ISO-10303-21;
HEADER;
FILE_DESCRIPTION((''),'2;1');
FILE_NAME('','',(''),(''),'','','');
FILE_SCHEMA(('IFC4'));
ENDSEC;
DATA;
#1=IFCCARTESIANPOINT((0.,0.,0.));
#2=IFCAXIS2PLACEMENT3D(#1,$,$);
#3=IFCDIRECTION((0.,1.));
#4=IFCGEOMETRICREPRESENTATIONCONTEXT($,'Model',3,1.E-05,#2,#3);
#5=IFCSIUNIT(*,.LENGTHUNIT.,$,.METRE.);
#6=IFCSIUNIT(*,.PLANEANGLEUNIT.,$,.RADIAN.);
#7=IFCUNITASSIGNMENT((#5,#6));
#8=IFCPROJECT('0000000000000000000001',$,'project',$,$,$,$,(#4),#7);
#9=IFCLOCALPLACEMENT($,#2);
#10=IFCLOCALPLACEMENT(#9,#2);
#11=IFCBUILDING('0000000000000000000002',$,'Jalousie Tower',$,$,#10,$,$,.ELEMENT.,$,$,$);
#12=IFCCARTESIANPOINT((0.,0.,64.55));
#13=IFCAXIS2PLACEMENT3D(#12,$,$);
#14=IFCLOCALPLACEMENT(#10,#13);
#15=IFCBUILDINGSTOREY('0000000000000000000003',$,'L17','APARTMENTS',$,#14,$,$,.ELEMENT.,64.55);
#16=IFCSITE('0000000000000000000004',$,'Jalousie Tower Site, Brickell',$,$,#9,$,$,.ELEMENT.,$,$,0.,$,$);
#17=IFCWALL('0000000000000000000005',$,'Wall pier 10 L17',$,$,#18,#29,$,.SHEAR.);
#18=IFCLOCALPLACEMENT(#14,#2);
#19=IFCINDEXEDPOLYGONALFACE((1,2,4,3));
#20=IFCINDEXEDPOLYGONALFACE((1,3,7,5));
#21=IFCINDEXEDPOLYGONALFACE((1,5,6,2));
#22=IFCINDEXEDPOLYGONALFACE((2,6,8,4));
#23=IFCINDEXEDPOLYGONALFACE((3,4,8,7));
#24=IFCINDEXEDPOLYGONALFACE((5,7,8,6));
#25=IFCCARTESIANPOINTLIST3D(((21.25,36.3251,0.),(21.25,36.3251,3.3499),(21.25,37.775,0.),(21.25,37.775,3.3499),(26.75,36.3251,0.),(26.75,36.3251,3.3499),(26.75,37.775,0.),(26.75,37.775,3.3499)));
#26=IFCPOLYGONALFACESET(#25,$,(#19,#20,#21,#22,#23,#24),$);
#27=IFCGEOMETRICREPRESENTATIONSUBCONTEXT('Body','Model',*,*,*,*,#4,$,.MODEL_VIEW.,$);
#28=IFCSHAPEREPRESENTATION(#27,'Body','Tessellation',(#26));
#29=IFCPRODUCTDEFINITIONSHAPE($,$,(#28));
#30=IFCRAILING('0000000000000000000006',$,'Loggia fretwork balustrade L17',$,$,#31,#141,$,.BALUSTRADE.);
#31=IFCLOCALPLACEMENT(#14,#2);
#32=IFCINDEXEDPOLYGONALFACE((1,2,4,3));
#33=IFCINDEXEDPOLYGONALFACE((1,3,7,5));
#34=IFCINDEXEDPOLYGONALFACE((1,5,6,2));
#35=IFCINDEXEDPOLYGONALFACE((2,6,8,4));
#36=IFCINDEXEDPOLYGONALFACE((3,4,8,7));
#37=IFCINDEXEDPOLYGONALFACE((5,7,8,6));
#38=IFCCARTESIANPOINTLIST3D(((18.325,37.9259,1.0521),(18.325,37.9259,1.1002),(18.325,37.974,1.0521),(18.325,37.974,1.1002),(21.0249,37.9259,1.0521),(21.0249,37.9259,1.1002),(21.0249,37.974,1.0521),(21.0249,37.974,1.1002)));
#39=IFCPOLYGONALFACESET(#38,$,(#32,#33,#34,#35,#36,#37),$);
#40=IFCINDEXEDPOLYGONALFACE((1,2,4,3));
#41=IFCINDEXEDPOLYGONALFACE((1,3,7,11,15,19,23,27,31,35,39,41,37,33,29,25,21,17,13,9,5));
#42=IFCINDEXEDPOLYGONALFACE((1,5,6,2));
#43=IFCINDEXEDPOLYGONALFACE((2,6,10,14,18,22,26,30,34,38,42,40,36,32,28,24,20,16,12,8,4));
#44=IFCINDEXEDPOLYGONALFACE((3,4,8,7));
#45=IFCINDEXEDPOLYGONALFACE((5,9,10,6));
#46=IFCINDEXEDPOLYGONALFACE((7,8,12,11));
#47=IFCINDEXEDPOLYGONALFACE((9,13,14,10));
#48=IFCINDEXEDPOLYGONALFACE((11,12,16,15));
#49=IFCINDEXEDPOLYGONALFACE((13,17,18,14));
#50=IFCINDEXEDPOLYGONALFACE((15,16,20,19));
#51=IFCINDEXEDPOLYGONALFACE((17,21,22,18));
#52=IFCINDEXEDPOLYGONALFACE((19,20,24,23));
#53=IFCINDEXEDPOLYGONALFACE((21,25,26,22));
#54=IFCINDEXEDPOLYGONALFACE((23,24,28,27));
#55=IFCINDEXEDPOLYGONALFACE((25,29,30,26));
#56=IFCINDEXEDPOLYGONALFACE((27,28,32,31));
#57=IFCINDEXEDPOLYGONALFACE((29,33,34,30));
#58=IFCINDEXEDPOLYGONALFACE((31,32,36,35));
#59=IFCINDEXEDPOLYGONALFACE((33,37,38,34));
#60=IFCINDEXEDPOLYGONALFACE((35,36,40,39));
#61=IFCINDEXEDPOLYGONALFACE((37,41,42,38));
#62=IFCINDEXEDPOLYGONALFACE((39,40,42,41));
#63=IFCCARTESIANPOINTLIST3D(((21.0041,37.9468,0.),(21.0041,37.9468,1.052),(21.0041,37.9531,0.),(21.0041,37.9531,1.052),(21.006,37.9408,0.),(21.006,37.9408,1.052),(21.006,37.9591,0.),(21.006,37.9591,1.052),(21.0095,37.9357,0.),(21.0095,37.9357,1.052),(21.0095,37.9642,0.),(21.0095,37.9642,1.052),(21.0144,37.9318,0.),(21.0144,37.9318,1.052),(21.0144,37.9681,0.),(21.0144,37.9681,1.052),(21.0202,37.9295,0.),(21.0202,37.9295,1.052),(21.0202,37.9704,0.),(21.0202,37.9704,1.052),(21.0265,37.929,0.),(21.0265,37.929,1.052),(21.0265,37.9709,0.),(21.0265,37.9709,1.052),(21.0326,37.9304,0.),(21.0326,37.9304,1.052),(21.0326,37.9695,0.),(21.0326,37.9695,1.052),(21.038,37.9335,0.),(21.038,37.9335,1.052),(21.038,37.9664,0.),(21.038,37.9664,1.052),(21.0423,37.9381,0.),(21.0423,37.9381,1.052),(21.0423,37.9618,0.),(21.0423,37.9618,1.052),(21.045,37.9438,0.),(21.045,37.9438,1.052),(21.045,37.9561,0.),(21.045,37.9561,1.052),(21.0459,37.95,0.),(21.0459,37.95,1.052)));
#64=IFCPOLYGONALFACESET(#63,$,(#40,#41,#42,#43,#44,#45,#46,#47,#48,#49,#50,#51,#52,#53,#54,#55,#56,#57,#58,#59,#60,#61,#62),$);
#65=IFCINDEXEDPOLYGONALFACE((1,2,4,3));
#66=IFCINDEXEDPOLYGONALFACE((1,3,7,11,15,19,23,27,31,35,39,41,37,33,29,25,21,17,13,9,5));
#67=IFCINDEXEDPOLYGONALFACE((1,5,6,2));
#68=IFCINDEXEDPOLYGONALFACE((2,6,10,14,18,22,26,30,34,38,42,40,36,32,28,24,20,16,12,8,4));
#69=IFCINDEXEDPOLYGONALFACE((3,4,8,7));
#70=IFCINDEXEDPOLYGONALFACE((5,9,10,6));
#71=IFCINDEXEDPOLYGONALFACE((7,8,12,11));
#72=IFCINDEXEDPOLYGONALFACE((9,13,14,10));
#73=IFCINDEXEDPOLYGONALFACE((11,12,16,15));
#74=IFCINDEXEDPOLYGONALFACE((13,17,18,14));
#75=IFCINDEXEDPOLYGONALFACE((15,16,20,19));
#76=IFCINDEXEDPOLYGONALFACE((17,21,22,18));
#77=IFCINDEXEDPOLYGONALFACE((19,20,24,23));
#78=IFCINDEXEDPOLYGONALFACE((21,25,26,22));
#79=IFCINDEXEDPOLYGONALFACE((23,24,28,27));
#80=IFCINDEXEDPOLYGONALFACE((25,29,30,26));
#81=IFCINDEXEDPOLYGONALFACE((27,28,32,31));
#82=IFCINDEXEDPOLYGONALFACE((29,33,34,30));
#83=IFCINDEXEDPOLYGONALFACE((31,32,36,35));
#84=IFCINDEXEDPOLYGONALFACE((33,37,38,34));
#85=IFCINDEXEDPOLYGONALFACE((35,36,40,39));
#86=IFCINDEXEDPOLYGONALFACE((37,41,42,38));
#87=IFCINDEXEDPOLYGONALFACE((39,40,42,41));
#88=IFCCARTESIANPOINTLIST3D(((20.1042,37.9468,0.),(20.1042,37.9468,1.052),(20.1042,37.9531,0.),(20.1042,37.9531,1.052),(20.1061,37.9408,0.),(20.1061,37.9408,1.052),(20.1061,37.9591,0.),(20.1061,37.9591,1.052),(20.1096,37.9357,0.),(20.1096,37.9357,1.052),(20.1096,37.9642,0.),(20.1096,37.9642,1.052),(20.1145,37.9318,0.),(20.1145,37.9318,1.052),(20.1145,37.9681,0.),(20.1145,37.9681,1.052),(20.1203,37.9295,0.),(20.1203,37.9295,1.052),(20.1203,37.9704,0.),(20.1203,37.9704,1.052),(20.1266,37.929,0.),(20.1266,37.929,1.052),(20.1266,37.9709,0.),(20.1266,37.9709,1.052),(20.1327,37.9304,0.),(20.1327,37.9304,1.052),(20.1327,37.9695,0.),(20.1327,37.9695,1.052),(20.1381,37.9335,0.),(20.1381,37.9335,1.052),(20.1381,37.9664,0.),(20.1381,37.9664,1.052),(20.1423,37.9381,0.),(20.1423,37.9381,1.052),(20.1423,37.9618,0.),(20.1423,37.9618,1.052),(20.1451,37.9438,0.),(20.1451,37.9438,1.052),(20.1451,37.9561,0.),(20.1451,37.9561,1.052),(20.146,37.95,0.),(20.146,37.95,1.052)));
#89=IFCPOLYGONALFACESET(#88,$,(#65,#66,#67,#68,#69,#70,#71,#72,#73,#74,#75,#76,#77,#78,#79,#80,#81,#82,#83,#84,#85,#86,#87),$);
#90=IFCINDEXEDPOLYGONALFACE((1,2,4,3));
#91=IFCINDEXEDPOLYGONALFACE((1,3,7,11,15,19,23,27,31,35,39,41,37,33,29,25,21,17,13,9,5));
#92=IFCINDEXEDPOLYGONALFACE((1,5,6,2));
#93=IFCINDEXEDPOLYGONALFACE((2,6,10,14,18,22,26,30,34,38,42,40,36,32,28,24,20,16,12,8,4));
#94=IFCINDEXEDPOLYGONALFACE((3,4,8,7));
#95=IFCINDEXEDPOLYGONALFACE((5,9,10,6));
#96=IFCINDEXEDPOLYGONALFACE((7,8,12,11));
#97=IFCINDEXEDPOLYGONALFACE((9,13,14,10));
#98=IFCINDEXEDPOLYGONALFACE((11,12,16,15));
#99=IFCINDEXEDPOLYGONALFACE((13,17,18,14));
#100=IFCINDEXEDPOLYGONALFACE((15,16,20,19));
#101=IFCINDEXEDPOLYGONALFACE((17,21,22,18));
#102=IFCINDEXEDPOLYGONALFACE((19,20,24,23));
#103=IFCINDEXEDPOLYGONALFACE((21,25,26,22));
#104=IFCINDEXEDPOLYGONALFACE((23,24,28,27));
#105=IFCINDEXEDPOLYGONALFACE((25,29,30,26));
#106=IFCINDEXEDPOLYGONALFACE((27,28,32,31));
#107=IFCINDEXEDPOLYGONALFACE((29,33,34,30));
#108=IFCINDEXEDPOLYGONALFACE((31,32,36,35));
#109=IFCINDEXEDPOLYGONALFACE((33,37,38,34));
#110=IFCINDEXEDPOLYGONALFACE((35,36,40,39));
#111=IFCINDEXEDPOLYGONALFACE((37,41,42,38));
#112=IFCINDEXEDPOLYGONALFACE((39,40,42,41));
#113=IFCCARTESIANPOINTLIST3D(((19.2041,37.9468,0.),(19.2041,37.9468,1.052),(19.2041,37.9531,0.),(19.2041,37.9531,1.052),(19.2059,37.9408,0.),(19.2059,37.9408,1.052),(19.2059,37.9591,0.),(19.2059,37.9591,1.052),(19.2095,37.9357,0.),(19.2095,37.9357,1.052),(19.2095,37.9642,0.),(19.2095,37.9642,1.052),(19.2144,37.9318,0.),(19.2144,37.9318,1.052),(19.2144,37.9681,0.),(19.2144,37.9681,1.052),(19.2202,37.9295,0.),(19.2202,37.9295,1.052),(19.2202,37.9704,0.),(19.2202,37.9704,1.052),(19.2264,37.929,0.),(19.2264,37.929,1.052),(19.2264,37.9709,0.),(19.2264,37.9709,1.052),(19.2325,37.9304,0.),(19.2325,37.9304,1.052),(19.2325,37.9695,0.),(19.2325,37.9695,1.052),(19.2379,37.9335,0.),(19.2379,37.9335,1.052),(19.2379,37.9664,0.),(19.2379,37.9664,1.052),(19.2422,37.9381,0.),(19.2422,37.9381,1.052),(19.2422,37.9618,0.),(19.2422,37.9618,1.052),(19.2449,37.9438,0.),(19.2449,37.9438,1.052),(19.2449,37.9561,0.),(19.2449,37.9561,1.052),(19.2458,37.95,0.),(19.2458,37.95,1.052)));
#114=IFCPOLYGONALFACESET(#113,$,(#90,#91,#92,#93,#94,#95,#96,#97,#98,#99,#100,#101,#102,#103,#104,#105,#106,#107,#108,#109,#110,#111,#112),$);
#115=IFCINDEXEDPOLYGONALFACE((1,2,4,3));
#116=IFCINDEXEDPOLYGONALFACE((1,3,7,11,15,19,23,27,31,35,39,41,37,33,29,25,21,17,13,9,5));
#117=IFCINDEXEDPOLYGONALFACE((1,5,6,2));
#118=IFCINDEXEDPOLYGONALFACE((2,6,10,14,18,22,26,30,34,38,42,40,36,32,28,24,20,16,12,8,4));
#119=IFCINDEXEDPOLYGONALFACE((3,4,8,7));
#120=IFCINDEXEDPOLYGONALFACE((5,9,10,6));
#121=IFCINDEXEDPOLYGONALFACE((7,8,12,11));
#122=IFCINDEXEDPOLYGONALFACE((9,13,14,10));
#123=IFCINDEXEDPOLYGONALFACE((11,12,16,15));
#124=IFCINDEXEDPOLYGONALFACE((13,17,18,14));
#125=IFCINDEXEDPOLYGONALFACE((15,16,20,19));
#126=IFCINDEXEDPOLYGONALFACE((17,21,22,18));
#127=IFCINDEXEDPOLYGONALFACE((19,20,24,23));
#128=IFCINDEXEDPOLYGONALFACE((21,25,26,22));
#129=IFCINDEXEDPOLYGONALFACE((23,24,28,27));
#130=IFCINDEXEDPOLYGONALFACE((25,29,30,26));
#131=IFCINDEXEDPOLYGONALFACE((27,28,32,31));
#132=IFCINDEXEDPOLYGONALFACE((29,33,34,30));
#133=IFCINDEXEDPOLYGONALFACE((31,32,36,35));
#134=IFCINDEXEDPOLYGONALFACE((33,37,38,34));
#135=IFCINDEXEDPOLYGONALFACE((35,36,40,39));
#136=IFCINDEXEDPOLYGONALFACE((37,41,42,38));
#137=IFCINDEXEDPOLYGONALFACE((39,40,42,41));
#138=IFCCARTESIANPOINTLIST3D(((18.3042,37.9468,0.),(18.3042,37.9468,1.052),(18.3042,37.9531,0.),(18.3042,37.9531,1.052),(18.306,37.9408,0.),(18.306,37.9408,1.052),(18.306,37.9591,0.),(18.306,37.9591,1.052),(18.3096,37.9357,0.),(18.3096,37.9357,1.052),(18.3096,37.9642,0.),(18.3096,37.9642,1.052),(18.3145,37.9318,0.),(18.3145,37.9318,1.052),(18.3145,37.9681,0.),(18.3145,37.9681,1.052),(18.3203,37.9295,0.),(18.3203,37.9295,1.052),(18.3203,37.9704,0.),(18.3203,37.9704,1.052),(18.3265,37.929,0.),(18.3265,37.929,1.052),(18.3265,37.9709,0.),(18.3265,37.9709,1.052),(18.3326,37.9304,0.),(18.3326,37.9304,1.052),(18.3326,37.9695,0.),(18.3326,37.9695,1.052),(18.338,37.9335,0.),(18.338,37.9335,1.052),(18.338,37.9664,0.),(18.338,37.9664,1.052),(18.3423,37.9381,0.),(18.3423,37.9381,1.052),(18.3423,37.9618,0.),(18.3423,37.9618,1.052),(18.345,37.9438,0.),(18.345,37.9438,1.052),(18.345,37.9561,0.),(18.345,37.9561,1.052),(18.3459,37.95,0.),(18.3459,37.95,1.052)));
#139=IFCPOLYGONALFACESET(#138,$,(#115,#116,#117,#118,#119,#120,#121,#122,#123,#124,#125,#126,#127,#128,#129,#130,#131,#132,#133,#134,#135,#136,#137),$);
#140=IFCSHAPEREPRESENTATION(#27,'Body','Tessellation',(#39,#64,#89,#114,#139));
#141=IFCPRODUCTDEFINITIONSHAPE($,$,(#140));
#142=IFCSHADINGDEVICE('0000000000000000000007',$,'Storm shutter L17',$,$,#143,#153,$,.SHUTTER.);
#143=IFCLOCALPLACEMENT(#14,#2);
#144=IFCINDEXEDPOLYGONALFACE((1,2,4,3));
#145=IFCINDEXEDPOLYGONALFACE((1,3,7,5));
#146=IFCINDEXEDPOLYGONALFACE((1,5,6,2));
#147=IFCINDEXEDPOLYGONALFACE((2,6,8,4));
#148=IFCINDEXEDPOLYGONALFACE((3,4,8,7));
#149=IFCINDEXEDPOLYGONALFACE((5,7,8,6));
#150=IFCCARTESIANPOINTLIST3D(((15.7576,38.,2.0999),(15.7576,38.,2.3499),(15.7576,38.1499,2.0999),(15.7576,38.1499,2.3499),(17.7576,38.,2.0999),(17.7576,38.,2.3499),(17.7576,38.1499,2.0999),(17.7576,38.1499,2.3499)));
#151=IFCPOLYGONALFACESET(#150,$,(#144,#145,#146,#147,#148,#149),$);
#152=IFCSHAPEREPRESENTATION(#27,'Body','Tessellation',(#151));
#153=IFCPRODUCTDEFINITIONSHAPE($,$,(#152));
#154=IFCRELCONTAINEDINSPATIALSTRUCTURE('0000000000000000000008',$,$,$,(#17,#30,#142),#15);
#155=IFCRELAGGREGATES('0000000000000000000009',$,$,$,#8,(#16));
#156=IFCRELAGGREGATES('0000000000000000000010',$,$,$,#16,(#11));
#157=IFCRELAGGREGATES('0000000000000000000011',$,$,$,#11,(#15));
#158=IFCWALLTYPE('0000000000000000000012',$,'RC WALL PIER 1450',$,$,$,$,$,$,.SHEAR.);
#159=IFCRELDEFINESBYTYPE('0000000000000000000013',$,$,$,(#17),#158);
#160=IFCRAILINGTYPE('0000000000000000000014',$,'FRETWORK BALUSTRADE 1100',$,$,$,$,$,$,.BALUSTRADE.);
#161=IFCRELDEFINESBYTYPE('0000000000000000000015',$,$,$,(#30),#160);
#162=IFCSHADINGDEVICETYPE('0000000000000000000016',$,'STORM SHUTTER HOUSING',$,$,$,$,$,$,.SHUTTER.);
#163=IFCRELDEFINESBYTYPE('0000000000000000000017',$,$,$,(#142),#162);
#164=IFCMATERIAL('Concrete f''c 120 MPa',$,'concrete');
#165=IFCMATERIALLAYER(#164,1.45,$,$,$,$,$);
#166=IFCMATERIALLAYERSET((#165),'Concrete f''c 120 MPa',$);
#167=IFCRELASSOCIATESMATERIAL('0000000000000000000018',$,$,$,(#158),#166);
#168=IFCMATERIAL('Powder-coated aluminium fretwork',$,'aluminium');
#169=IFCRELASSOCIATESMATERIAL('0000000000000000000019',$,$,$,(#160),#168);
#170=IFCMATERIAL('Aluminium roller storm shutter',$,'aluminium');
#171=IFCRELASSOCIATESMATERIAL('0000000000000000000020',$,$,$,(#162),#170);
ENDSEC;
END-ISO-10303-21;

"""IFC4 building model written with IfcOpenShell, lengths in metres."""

from ifc_helpers import new_model, si_unit, direction, frame, frame_2d, origin, origin_2d, place, context, subcontext, project, spatial, rectangle, circle, extrude, material, layer, layer_set, type_object, element, save


model = new_model("IFC4")

# Units and contexts
model_context = context("Model", 3, precision=1e-05, world=origin(), true_north=direction((0.0, 1.0)))
body_context = subcontext(model_context, "Body", "Model", "MODEL_VIEW")
ifc_project = project(units=[si_unit("LENGTHUNIT", "METRE"), si_unit("PLANEANGLEUNIT", "RADIAN")], contexts=[model_context])

# Site, building, storey
site_placement = place(None, origin())
site = spatial("IfcSite", under=ifc_project, at=site_placement, Name="Jalousie Tower Site, Brickell", CompositionType="ELEMENT", RefElevation=0.0)
building_placement = place(site_placement, origin())
building = spatial("IfcBuilding", under=site, at=building_placement, Name="Jalousie Tower", CompositionType="ELEMENT")
storey_placement = place(building_placement, frame((0.0, 0.0, 64.55)))
storey = spatial("IfcBuildingStorey", under=building, at=storey_placement, Name="L17", Description="APARTMENTS", CompositionType="ELEMENT", Elevation=64.55)

# Wall
ifc_material_1 = material(Name="Concrete f'c 120 MPa", Category="concrete")
ifc_layer_1 = layer(ifc_material_1, 1.45)
ifc_layer_set_1 = layer_set([ifc_layer_1], Name="Concrete f'c 120 MPa")
wall_type_1 = type_object("IfcWallType", Name="RC WALL PIER 1450", PredefinedType="SHEAR", material=ifc_layer_set_1)
wall_1_placement = place(storey_placement, frame((21.25, 37.05, 0.0), z_axis=(0.0, 0.0, 1.0), x_axis=(1.0, 0.0, 0.0)))
element("IfcWall", 1, at=wall_1_placement, inside=storey, type_object=wall_type_1, Name="Wall pier 10 L17", PredefinedType="SHEAR", context=body_context, shape_type="SweptSolid", body=[
    extrude(rectangle(XDim=5.5, YDim=1.45, at=frame_2d((2.75, 0.0))), origin(), (0.0, 0.0, 1.0), 3.3499),
])

# Railing
ifc_material_2 = material(Name="Powder-coated aluminium fretwork", Category="aluminium")
railing_type = type_object("IfcRailingType", Name="FRETWORK BALUSTRADE 1100", PredefinedType="BALUSTRADE", material=ifc_material_2)
railing_placement = place(storey_placement, frame((21.0249, 37.95, 0.0)))
element("IfcRailing", 2, at=railing_placement, inside=storey, type_object=railing_type, Name="Loggia fretwork balustrade L17", PredefinedType="BALUSTRADE", context=body_context, shape_type="SweptSolid", body=[
    extrude(rectangle(XDim=0.0481, YDim=0.0481, at=origin_2d()), frame((0.0, 0.0, 1.0762), z_axis=(-1.0, 0.0, 0.0), x_axis=(0.0, -1.0, 0.0)), (0.0, 0.0, 1.0), 2.7),
    extrude(circle(Radius=0.021, at=origin_2d()), origin(), (0.0, 0.0, 1.0), 1.052),
    extrude(circle(Radius=0.021, at=origin_2d()), frame((-0.8999, 0.0, 0.0)), (0.0, 0.0, 1.0), 1.052),
    extrude(circle(Radius=0.021, at=origin_2d()), frame((-1.8, 0.0, 0.0)), (0.0, 0.0, 1.0), 1.052),
    extrude(circle(Radius=0.021, at=origin_2d()), frame((-2.7, 0.0, 0.0)), (0.0, 0.0, 1.0), 1.052),
])

# Shading device
ifc_material_3 = material(Name="Aluminium roller storm shutter", Category="aluminium")
shading_device_type = type_object("IfcShadingDeviceType", Name="STORM SHUTTER HOUSING", PredefinedType="SHUTTER", material=ifc_material_3)
shading_device_placement = place(storey_placement, frame((16.7576, 38.075, 2.0999), z_axis=(0.0, 0.0, 1.0), x_axis=(-1.0, 0.0, 0.0)))
element("IfcShadingDevice", 3, at=shading_device_placement, inside=storey, type_object=shading_device_type, Name="Storm shutter L17", PredefinedType="SHUTTER", context=body_context, shape_type="SweptSolid", body=[
    extrude(rectangle(XDim=2.0, YDim=0.1499, at=origin_2d()), origin(), (0.0, 0.0, 1.0), 0.25),
])

save(model, "model.ifc")
